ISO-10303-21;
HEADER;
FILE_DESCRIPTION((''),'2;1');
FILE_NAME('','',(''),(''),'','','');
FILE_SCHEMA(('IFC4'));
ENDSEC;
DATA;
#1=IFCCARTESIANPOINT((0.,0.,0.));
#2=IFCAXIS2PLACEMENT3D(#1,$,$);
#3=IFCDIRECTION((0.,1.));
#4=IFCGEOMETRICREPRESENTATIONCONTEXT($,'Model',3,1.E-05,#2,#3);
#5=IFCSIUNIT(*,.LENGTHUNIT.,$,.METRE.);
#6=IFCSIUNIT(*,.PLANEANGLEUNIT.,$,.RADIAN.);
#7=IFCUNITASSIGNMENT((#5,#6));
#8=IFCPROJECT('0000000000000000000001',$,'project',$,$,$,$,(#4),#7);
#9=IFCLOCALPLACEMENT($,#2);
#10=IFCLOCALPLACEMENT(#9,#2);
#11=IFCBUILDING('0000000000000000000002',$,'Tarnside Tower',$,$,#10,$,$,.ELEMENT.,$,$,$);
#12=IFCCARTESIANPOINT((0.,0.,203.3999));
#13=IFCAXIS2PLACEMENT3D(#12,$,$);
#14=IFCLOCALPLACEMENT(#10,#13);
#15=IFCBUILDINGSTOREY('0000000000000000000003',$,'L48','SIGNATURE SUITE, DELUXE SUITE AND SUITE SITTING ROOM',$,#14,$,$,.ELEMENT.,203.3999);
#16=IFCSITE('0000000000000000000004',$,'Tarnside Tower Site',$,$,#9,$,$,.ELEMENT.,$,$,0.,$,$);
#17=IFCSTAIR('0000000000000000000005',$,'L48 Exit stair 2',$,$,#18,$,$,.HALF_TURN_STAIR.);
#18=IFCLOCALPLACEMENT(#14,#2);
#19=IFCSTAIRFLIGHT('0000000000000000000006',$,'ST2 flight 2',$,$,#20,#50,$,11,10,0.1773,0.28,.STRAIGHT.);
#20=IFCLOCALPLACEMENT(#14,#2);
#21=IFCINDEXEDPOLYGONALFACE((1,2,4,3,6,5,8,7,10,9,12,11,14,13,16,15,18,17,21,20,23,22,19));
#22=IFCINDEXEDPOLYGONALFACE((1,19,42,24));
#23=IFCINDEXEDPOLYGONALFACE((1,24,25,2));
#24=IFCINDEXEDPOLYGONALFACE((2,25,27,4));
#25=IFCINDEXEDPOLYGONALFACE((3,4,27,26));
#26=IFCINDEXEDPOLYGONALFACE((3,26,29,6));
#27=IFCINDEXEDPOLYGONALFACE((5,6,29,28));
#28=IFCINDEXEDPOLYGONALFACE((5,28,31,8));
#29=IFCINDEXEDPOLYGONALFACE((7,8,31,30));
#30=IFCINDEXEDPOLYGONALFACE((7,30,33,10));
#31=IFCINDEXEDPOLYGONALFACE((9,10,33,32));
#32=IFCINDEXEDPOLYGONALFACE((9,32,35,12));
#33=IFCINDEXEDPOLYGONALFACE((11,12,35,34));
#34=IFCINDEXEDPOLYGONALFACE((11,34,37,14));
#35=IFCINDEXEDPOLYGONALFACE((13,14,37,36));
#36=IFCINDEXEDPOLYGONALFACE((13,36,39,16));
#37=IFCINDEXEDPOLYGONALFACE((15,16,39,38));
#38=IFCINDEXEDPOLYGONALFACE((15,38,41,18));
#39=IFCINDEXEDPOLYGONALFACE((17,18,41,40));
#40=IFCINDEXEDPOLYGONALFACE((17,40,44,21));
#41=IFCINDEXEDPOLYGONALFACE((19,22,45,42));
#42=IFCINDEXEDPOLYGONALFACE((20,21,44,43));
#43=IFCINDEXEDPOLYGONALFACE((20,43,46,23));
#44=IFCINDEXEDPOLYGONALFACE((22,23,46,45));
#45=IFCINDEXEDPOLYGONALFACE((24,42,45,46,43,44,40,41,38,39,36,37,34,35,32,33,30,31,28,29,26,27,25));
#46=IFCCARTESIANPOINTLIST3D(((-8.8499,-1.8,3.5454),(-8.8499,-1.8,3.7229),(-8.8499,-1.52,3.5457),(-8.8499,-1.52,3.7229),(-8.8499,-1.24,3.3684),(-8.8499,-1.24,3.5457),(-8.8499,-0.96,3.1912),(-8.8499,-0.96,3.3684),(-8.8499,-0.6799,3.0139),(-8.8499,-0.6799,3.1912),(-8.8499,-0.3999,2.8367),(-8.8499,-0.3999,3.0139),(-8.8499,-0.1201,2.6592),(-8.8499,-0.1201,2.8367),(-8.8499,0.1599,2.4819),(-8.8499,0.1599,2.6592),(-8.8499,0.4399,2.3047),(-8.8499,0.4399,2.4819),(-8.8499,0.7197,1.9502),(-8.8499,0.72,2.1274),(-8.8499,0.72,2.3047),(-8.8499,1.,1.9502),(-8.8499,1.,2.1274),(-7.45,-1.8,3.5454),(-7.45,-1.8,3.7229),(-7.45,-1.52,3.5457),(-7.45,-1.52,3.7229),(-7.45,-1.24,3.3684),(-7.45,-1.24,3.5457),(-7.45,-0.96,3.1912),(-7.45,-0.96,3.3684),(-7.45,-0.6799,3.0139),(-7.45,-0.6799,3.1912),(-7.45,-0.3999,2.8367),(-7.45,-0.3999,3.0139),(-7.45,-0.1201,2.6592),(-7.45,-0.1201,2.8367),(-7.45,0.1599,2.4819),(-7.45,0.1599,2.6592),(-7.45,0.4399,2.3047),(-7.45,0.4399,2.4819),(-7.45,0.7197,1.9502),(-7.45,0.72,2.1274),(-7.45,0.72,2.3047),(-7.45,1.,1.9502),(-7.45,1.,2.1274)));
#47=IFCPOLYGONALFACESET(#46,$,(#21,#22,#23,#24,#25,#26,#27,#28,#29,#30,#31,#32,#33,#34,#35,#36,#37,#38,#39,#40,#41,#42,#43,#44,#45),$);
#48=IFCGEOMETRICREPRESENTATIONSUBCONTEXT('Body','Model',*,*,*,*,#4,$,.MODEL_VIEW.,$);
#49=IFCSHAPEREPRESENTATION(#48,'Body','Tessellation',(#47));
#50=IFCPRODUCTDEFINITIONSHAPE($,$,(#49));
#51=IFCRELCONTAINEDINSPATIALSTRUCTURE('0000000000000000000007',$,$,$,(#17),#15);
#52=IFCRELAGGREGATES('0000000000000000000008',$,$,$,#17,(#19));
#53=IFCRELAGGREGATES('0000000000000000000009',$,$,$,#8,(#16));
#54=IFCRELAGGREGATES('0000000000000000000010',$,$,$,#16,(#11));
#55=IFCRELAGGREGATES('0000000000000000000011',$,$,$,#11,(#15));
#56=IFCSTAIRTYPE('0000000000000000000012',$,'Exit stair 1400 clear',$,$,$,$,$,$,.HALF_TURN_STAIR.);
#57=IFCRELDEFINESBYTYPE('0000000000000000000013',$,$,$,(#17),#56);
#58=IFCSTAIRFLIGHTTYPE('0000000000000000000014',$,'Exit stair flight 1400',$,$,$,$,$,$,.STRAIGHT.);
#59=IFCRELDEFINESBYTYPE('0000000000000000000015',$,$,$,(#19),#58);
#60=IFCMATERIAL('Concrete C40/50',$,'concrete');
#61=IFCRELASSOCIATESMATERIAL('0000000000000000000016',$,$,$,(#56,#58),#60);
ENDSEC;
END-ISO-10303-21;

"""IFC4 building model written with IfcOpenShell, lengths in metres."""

from ifc_helpers import new_model, si_unit, direction, frame, origin, place, context, subcontext, project, spatial, polyline, outline, extrude, material, type_object, element, aggregate, save


model = new_model("IFC4")

# Units and contexts
model_context = context("Model", 3, precision=1e-05, world=origin(), true_north=direction((0.0, 1.0)))
body_context = subcontext(model_context, "Body", "Model", "MODEL_VIEW")
ifc_project = project(units=[si_unit("LENGTHUNIT", "METRE"), si_unit("PLANEANGLEUNIT", "RADIAN")], contexts=[model_context])

# Site, building, storey
site_placement = place(None, origin())
site = spatial("IfcSite", under=ifc_project, at=site_placement, Name="Tarnside Tower Site", CompositionType="ELEMENT", RefElevation=0.0)
building_placement = place(site_placement, origin())
building = spatial("IfcBuilding", under=site, at=building_placement, Name="Tarnside Tower", CompositionType="ELEMENT")
storey_placement = place(building_placement, frame((0.0, 0.0, 203.3999)))
storey = spatial("IfcBuildingStorey", under=building, at=storey_placement, Name="L48", Description="SIGNATURE SUITE, DELUXE SUITE AND SUITE SITTING ROOM", CompositionType="ELEMENT", Elevation=203.3999)

# Shared definitions
ifc_material_1 = material(Name="Concrete C40/50", Category="concrete")

# Stair
stair_type = type_object("IfcStairType", Name="Exit stair 1400 clear", PredefinedType="HALF_TURN_STAIR", material=ifc_material_1)
stair_1_placement = place(storey_placement, origin())
stair_1 = element("IfcStair", 1, at=stair_1_placement, inside=storey, type_object=stair_type, Name="L48 Exit stair 2", PredefinedType="HALF_TURN_STAIR")

# Stair flight
stair_flight_type = type_object("IfcStairFlightType", Name="Exit stair flight 1400", PredefinedType="STRAIGHT", material=ifc_material_1)
stair_flight_placement = place(storey_placement, frame((-8.1499, 1.0, 1.9502), z_axis=(0.0, 0.0, 1.0), x_axis=(0.0, -1.0, 0.0)))
stair_flight = element("IfcStairFlight", 2, at=stair_flight_placement, type_object=stair_flight_type, Name="ST2 flight 2", NumberOfRisers=11, NumberOfTreads=10, PredefinedType="STRAIGHT", RiserHeight=0.1773, TreadLength=0.28, context=body_context, shape_type="SweptSolid", body=[
    extrude(outline(polyline([(0.0, 0.0), (0.0, 0.1772), (0.28, 0.1772), (0.28, 0.3545), (0.5601, 0.3545), (0.5601, 0.5317), (0.8401, 0.5317), (0.8401, 0.709), (1.1201, 0.709), (1.1201, 0.8865), (1.3999, 0.8865), (1.3999, 1.0637), (1.6799, 1.0637), (1.6799, 1.241), (1.96, 1.241), (1.96, 1.4182), (2.24, 1.4182), (2.24, 1.5955), (2.52, 1.5955), (2.52, 1.7727), (2.8, 1.7727), (2.8, 1.95), (2.8, 1.5952), (0.2803, 0.0), (0.0, 0.0)])), frame((0.0, 0.7, 0.0), z_axis=(0.0, -1.0, 0.0), x_axis=(1.0, 0.0, 0.0)), (0.0, 0.0, 1.0), 1.3999),
])
aggregate(stair_1, [stair_flight])

save(model, "model.ifc")
